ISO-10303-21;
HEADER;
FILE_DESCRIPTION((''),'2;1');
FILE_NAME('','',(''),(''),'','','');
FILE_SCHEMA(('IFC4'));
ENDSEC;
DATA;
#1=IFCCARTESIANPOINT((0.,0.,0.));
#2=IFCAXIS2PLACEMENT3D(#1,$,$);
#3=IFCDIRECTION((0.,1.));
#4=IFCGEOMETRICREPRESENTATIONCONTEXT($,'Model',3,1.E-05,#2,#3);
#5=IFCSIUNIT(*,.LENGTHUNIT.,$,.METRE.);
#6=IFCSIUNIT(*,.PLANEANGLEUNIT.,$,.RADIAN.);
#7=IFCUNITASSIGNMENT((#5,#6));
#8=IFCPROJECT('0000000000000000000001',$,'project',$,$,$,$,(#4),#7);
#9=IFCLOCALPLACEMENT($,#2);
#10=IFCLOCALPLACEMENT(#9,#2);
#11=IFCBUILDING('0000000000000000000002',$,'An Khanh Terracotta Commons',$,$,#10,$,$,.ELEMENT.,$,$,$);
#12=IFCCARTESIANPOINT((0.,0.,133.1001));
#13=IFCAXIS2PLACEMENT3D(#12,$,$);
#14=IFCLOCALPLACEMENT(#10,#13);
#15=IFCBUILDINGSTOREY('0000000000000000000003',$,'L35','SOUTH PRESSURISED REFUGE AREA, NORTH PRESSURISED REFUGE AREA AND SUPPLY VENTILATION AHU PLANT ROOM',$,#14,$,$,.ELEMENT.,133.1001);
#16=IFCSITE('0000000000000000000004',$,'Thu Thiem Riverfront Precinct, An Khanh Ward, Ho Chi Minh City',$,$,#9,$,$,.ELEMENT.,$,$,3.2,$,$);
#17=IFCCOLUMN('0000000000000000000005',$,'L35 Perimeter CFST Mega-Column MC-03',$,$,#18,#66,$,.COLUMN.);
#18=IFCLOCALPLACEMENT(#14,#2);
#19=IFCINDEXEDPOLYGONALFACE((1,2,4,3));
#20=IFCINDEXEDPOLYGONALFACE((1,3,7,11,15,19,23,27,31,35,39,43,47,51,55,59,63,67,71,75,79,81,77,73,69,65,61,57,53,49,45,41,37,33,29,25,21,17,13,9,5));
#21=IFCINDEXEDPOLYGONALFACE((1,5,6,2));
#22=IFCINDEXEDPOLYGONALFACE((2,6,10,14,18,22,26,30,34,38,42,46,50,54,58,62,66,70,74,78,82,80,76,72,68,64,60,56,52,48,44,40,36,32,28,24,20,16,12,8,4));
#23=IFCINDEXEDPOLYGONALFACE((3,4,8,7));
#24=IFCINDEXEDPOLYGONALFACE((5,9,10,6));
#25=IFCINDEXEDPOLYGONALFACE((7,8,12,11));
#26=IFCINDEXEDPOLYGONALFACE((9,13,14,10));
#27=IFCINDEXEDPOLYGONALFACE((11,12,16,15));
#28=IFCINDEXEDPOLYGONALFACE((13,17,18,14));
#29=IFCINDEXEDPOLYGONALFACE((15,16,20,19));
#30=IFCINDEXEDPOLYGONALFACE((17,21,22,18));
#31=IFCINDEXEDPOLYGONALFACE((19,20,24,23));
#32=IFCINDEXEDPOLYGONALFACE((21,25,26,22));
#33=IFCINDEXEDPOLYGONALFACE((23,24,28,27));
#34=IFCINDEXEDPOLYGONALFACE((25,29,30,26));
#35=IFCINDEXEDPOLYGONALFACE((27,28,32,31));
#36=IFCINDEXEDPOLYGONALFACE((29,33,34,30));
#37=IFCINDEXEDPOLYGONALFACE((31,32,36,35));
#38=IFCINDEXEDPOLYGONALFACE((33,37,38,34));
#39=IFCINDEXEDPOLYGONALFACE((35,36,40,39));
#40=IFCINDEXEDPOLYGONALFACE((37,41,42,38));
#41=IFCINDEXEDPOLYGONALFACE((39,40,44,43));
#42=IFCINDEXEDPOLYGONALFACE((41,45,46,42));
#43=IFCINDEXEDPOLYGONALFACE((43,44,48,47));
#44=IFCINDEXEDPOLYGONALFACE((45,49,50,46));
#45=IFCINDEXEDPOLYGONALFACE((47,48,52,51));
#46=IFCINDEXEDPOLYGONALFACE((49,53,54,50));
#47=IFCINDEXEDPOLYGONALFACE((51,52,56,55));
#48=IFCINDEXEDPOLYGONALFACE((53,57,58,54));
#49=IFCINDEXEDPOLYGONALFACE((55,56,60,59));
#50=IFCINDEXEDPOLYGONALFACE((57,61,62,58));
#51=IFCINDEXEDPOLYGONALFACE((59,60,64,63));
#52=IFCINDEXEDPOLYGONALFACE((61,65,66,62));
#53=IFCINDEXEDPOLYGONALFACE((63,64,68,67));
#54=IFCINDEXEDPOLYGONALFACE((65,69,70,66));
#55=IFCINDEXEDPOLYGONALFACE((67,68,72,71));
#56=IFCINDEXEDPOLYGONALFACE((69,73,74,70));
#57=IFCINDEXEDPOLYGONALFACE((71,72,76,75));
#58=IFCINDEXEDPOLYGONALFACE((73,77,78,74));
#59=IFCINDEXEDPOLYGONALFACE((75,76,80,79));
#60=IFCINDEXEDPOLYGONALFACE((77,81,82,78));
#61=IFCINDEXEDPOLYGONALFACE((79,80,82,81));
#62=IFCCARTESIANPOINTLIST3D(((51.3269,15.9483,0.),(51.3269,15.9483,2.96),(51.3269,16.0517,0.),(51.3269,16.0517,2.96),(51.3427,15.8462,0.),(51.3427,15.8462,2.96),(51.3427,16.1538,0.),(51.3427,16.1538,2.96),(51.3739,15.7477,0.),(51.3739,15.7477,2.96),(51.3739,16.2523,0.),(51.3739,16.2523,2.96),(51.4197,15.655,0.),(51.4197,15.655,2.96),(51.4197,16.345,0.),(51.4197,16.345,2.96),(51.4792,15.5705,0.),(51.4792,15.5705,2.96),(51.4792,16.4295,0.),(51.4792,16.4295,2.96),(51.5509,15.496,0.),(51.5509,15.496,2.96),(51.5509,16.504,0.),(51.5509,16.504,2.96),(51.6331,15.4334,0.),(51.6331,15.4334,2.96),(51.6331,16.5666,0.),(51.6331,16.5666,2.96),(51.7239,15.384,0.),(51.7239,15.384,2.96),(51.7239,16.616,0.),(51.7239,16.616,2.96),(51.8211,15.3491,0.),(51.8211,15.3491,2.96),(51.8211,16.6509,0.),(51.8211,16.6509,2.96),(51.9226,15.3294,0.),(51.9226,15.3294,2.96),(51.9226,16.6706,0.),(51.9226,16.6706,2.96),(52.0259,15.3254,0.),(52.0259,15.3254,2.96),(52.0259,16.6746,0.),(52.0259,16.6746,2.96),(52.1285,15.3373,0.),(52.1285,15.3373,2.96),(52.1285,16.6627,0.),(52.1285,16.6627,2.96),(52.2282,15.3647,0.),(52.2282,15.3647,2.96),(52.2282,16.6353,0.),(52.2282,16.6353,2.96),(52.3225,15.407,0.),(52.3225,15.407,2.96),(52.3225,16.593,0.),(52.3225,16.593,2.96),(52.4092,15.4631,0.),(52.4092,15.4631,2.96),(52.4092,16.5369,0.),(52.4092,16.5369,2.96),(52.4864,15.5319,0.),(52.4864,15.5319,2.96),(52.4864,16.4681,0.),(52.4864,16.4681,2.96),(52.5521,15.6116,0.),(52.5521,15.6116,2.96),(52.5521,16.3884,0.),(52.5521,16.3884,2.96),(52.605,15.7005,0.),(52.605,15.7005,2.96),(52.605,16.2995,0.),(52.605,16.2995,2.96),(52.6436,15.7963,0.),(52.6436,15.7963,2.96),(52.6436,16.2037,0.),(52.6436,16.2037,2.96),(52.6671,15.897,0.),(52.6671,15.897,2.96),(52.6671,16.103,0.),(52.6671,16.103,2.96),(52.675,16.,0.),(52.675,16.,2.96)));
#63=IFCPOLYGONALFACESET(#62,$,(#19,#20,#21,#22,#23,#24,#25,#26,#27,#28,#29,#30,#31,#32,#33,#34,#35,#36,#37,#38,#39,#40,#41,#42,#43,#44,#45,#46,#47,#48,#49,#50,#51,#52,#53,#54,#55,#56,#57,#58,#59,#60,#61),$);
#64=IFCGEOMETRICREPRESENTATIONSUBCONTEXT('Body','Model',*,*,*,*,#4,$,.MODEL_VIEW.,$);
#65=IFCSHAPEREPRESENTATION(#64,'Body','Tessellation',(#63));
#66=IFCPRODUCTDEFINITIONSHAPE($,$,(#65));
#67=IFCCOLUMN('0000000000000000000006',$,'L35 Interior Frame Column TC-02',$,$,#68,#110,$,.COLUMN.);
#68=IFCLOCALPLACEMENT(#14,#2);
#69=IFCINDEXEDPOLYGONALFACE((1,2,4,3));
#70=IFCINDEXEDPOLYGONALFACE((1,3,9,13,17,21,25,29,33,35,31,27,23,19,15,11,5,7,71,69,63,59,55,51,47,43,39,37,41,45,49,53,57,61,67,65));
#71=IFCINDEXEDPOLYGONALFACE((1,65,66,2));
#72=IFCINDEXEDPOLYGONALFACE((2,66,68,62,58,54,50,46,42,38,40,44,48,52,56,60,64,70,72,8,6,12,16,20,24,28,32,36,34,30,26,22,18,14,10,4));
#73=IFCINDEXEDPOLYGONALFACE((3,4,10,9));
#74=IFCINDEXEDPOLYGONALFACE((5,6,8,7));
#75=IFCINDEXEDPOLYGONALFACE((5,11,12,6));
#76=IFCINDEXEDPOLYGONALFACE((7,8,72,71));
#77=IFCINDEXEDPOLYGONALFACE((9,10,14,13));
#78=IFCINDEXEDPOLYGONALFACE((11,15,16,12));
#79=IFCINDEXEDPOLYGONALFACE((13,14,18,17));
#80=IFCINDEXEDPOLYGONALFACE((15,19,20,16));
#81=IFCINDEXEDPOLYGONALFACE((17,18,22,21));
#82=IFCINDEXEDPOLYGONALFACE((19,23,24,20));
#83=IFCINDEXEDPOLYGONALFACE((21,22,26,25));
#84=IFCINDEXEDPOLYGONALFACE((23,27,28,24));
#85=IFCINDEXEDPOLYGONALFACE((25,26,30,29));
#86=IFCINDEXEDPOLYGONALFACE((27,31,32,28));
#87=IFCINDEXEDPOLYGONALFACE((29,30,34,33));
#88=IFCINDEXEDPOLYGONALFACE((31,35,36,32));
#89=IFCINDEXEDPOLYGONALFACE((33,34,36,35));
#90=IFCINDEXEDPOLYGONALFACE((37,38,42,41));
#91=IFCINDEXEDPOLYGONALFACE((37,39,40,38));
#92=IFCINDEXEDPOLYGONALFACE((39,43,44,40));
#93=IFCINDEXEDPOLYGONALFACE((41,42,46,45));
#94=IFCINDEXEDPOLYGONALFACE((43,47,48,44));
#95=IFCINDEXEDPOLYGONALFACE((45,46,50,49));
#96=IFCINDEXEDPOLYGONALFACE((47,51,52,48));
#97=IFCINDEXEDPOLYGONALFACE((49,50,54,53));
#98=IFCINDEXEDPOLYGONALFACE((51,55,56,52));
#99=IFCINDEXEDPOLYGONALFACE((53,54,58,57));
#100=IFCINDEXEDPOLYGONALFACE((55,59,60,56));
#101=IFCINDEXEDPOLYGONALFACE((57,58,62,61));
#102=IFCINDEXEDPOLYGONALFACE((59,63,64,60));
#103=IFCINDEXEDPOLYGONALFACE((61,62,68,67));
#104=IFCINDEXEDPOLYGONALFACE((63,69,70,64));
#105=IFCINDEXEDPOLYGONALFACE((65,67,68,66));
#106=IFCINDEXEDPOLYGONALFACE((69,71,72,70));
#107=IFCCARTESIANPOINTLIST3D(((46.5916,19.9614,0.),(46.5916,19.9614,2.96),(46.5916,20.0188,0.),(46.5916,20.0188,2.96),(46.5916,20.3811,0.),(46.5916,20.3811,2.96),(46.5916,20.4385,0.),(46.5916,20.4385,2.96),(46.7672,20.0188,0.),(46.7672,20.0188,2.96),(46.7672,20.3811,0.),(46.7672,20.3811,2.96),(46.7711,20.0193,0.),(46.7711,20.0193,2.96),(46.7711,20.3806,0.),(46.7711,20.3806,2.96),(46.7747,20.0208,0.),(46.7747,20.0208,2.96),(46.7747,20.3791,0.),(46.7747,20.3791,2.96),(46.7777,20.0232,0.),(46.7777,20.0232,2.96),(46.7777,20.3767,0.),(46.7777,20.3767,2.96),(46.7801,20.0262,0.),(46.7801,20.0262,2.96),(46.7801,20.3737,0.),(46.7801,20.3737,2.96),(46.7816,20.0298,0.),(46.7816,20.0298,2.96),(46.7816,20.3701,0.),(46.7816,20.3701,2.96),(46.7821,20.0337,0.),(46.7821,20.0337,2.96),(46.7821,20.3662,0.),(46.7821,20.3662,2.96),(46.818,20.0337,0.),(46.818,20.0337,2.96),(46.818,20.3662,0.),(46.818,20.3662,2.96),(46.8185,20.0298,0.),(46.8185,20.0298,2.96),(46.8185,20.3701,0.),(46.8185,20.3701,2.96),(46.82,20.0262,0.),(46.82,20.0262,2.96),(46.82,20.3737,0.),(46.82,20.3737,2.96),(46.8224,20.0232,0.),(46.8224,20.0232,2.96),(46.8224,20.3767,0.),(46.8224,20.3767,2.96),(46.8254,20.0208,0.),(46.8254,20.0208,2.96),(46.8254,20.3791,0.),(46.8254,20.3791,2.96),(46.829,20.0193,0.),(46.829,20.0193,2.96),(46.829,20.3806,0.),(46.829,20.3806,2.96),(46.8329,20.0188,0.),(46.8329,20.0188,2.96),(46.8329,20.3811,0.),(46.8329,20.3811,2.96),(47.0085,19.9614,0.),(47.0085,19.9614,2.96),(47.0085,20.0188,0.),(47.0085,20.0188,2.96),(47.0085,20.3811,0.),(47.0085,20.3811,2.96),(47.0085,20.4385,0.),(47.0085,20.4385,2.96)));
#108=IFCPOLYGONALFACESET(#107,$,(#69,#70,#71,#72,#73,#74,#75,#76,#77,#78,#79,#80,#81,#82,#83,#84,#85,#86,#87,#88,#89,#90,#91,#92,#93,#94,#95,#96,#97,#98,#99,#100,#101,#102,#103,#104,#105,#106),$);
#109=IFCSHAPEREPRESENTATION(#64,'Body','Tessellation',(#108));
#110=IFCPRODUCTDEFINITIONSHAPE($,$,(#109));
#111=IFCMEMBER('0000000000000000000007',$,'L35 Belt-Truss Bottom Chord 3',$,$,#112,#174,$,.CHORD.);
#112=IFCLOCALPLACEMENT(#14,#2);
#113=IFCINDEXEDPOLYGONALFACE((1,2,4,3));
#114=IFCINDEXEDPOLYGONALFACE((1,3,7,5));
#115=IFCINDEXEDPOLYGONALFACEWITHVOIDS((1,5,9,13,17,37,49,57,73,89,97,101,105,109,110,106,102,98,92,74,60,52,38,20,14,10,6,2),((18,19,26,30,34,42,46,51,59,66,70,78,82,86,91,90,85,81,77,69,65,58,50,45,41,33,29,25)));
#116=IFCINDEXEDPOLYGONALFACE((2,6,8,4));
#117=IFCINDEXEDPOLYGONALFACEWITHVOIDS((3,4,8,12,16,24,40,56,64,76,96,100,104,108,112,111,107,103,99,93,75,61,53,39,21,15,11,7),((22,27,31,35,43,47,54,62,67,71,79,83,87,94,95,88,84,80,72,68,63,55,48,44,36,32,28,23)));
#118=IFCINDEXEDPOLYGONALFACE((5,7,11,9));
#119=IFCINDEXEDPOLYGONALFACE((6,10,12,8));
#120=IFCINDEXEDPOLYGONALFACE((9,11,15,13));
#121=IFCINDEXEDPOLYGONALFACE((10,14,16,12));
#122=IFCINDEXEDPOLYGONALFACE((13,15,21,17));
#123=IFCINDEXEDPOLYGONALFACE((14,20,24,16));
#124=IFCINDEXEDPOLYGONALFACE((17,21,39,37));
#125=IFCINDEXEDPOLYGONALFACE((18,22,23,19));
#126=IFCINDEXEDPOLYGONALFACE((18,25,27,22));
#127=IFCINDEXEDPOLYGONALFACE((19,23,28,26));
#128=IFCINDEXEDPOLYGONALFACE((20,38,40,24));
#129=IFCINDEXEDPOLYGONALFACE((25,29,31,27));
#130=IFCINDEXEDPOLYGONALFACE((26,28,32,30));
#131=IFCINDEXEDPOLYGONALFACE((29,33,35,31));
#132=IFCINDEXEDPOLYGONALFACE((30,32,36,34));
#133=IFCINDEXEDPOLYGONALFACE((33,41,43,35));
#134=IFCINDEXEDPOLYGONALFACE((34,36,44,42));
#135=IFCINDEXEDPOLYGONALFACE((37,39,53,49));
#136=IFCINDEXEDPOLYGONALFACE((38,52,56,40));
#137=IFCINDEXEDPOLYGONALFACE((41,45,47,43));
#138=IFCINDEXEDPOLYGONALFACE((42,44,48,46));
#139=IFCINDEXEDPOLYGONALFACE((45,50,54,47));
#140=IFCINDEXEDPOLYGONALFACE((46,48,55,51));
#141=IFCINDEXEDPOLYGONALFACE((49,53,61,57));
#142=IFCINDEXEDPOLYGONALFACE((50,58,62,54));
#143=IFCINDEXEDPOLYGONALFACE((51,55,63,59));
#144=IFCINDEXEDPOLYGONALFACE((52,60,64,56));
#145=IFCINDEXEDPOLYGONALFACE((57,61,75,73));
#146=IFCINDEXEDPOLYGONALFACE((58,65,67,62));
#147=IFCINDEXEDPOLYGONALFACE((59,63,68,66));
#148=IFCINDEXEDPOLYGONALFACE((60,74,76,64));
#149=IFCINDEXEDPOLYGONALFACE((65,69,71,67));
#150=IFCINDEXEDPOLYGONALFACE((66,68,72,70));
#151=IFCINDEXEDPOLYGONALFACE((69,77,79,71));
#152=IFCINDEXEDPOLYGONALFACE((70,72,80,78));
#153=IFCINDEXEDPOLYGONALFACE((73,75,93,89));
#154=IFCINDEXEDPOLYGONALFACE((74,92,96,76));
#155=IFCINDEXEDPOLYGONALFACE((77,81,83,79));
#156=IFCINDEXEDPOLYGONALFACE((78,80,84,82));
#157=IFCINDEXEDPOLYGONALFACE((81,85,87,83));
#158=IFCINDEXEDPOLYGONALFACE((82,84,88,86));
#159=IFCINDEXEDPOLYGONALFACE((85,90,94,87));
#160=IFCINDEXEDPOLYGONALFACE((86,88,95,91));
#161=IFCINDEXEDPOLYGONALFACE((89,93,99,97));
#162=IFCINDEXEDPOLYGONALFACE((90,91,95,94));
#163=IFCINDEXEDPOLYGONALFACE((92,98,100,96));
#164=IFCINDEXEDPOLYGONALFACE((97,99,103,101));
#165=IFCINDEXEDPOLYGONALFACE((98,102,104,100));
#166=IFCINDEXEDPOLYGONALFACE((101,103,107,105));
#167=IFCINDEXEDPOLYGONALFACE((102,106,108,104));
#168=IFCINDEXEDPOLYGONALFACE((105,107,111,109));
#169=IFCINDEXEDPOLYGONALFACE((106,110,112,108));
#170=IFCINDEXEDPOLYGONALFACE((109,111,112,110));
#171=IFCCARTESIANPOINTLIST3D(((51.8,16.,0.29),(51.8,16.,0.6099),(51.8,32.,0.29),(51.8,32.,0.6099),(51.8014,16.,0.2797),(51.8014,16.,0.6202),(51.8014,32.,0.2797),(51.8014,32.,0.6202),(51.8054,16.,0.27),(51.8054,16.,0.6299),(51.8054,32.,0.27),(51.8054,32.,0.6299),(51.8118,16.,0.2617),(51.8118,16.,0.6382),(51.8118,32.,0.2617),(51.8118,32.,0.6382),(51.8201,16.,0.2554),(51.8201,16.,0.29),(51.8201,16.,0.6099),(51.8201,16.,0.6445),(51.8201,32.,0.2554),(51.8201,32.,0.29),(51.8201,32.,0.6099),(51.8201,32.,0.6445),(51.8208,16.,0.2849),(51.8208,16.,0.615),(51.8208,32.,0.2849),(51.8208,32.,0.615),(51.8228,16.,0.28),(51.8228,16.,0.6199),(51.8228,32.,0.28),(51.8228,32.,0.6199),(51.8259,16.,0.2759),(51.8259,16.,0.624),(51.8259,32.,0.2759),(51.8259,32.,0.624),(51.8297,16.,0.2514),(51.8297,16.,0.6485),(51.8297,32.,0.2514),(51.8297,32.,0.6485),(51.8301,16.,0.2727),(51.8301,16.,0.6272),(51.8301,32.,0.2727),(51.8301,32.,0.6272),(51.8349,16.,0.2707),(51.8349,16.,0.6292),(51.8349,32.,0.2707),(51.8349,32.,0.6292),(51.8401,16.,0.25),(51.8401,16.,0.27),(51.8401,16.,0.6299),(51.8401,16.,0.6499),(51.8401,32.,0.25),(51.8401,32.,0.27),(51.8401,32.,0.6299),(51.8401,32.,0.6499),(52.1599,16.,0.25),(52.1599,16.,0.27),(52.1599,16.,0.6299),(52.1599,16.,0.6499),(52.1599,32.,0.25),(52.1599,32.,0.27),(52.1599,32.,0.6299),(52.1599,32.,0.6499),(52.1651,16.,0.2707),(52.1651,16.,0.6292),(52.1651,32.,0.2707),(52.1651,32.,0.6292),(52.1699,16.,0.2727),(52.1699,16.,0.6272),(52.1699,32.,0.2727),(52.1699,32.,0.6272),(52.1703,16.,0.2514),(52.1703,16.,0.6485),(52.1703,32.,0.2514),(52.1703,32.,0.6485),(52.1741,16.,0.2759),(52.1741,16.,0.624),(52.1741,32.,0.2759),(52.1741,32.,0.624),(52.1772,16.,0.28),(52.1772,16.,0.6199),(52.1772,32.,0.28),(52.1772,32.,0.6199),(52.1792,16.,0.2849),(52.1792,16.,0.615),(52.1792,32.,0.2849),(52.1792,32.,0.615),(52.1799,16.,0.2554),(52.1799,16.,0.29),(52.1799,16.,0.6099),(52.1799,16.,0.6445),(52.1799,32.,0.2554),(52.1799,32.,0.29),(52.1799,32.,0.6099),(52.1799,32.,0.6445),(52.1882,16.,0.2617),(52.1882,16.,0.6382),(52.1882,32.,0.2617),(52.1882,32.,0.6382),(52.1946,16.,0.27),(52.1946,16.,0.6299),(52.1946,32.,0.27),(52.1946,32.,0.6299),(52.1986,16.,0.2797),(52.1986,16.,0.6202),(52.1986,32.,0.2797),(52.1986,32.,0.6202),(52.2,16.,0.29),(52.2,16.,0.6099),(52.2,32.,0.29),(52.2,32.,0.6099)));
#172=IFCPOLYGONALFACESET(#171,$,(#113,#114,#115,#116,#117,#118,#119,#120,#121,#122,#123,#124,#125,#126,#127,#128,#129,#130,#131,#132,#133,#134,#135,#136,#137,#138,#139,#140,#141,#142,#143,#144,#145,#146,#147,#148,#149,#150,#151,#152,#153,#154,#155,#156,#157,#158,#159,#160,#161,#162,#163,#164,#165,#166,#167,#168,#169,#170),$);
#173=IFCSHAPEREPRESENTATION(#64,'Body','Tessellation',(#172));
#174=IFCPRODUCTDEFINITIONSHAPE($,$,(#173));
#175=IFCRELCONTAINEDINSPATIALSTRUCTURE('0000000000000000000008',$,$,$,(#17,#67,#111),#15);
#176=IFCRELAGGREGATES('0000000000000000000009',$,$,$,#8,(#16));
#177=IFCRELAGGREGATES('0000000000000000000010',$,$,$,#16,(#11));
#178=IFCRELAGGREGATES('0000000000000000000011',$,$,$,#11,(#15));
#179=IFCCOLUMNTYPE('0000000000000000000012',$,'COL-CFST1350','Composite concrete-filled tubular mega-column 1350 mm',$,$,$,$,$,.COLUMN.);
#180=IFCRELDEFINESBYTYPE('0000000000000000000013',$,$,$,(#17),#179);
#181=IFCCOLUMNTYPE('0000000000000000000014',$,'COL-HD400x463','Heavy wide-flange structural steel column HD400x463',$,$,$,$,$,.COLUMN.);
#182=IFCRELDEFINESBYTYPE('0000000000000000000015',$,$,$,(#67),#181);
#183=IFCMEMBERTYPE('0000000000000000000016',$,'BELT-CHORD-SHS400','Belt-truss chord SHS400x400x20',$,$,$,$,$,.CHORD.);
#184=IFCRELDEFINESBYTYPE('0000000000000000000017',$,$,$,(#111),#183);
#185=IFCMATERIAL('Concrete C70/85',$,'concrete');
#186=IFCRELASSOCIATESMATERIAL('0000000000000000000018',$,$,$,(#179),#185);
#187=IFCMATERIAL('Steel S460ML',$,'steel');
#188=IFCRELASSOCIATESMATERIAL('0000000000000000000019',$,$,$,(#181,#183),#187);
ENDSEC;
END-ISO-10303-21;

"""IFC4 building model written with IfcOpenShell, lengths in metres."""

from ifc_helpers import new_model, si_unit, direction, frame, origin, origin_2d, place, context, subcontext, project, spatial, hollow_rectangle, circle, i_section, extrude, material, material_profile, profile_set, type_object, element, save


model = new_model("IFC4")

# Units and contexts
model_context = context("Model", 3, precision=1e-05, world=origin(), true_north=direction((0.0, 1.0)))
body_context = subcontext(model_context, "Body", "Model", "MODEL_VIEW")
ifc_project = project(units=[si_unit("LENGTHUNIT", "METRE"), si_unit("PLANEANGLEUNIT", "RADIAN")], contexts=[model_context])

# Site, building, storey
site_placement = place(None, origin())
site = spatial("IfcSite", under=ifc_project, at=site_placement, Name="Thu Thiem Riverfront Precinct, An Khanh Ward, Ho Chi Minh City", CompositionType="ELEMENT", RefElevation=3.2)
building_placement = place(site_placement, origin())
building = spatial("IfcBuilding", under=site, at=building_placement, Name="An Khanh Terracotta Commons", CompositionType="ELEMENT")
storey_placement = place(building_placement, frame((0.0, 0.0, 133.1001)))
storey = spatial("IfcBuildingStorey", under=building, at=storey_placement, Name="L35", Description="SOUTH PRESSURISED REFUGE AREA, NORTH PRESSURISED REFUGE AREA AND SUPPLY VENTILATION AHU PLANT ROOM", CompositionType="ELEMENT", Elevation=133.1001)

# Columns
ifc_material_1 = material(Name="Concrete C70/85", Category="concrete")
ifc_material_profile_1 = material_profile(ifc_material_1, circle(Radius=0.675, at=origin_2d()), Name="CFST1350")
ifc_profile_set_1 = profile_set([ifc_material_profile_1], Name="Concrete C70/85")
column_type_1 = type_object("IfcColumnType", Name="COL-CFST1350", Description="Composite concrete-filled tubular mega-column 1350 mm", PredefinedType="COLUMN", material=ifc_profile_set_1)
column_1_placement = place(storey_placement, frame((52.0, 16.0, 0.0), z_axis=(0.0, 0.0, 1.0), x_axis=(1.0, 0.0, 0.0)))
element("IfcColumn", 1, at=column_1_placement, inside=storey, type_object=column_type_1, Name="L35 Perimeter CFST Mega-Column MC-03", PredefinedType="COLUMN", context=body_context, shape_type="SweptSolid", body=[
    extrude(circle(Radius=0.675, at=origin_2d()), origin(), (0.0, 0.0, 1.0), 2.96),
])
ifc_material_2 = material(Name="Steel S460ML", Category="steel")
ifc_material_profile_2 = material_profile(ifc_material_2, i_section(OverallWidth=0.417, OverallDepth=0.4771, WebThickness=0.0359, FlangeThickness=0.0574, FilletRadius=0.0149, at=origin_2d()), Name="HD400x463")
ifc_profile_set_2 = profile_set([ifc_material_profile_2], Name="Steel S460ML")
column_type_2 = type_object("IfcColumnType", Name="COL-HD400x463", Description="Heavy wide-flange structural steel column HD400x463", PredefinedType="COLUMN", material=ifc_profile_set_2)
column_2_placement = place(storey_placement, frame((46.8, 20.2, 0.0), z_axis=(0.0, 0.0, 1.0), x_axis=(1.0, 0.0, 0.0)))
element("IfcColumn", 2, at=column_2_placement, inside=storey, type_object=column_type_2, Name="L35 Interior Frame Column TC-02", PredefinedType="COLUMN", context=body_context, shape_type="SweptSolid", body=[
    extrude(i_section(OverallWidth=0.417, OverallDepth=0.4771, WebThickness=0.0359, FlangeThickness=0.0574, FilletRadius=0.0149, at=origin_2d()), origin(), (0.0, 0.0, 1.0), 2.96),
])

# Member
ifc_material_profile_3 = material_profile(ifc_material_2, hollow_rectangle(XDim=0.3999, YDim=0.3999, WallThickness=0.02, InnerFilletRadius=0.02, OuterFilletRadius=0.04, at=origin_2d()), Name="SHS400x400x20")
ifc_profile_set_3 = profile_set([ifc_material_profile_3], Name="Steel S460ML")
member_type_1 = type_object("IfcMemberType", Name="BELT-CHORD-SHS400", Description="Belt-truss chord SHS400x400x20", PredefinedType="CHORD", material=ifc_profile_set_3)
for number, where, z_axis, x_axis, name in (
    (3, (52.0, 16.0, 0.45), (0.0, 1.0, 0.0), (-1.0, 0.0, 0.0), "L35 Belt-Truss Bottom Chord 3"),
):
    element("IfcMember", number, at=place(storey_placement, frame(where, z_axis=z_axis, x_axis=x_axis)), inside=storey, type_object=member_type_1, Name=name, PredefinedType="CHORD", context=body_context, shape_type="SweptSolid", body=[
        extrude(hollow_rectangle(XDim=0.3999, YDim=0.3999, WallThickness=0.02, InnerFilletRadius=0.02, OuterFilletRadius=0.04, at=origin_2d()), origin(), (0.0, 0.0, 1.0), 16.0),
    ])

save(model, "model.ifc")
